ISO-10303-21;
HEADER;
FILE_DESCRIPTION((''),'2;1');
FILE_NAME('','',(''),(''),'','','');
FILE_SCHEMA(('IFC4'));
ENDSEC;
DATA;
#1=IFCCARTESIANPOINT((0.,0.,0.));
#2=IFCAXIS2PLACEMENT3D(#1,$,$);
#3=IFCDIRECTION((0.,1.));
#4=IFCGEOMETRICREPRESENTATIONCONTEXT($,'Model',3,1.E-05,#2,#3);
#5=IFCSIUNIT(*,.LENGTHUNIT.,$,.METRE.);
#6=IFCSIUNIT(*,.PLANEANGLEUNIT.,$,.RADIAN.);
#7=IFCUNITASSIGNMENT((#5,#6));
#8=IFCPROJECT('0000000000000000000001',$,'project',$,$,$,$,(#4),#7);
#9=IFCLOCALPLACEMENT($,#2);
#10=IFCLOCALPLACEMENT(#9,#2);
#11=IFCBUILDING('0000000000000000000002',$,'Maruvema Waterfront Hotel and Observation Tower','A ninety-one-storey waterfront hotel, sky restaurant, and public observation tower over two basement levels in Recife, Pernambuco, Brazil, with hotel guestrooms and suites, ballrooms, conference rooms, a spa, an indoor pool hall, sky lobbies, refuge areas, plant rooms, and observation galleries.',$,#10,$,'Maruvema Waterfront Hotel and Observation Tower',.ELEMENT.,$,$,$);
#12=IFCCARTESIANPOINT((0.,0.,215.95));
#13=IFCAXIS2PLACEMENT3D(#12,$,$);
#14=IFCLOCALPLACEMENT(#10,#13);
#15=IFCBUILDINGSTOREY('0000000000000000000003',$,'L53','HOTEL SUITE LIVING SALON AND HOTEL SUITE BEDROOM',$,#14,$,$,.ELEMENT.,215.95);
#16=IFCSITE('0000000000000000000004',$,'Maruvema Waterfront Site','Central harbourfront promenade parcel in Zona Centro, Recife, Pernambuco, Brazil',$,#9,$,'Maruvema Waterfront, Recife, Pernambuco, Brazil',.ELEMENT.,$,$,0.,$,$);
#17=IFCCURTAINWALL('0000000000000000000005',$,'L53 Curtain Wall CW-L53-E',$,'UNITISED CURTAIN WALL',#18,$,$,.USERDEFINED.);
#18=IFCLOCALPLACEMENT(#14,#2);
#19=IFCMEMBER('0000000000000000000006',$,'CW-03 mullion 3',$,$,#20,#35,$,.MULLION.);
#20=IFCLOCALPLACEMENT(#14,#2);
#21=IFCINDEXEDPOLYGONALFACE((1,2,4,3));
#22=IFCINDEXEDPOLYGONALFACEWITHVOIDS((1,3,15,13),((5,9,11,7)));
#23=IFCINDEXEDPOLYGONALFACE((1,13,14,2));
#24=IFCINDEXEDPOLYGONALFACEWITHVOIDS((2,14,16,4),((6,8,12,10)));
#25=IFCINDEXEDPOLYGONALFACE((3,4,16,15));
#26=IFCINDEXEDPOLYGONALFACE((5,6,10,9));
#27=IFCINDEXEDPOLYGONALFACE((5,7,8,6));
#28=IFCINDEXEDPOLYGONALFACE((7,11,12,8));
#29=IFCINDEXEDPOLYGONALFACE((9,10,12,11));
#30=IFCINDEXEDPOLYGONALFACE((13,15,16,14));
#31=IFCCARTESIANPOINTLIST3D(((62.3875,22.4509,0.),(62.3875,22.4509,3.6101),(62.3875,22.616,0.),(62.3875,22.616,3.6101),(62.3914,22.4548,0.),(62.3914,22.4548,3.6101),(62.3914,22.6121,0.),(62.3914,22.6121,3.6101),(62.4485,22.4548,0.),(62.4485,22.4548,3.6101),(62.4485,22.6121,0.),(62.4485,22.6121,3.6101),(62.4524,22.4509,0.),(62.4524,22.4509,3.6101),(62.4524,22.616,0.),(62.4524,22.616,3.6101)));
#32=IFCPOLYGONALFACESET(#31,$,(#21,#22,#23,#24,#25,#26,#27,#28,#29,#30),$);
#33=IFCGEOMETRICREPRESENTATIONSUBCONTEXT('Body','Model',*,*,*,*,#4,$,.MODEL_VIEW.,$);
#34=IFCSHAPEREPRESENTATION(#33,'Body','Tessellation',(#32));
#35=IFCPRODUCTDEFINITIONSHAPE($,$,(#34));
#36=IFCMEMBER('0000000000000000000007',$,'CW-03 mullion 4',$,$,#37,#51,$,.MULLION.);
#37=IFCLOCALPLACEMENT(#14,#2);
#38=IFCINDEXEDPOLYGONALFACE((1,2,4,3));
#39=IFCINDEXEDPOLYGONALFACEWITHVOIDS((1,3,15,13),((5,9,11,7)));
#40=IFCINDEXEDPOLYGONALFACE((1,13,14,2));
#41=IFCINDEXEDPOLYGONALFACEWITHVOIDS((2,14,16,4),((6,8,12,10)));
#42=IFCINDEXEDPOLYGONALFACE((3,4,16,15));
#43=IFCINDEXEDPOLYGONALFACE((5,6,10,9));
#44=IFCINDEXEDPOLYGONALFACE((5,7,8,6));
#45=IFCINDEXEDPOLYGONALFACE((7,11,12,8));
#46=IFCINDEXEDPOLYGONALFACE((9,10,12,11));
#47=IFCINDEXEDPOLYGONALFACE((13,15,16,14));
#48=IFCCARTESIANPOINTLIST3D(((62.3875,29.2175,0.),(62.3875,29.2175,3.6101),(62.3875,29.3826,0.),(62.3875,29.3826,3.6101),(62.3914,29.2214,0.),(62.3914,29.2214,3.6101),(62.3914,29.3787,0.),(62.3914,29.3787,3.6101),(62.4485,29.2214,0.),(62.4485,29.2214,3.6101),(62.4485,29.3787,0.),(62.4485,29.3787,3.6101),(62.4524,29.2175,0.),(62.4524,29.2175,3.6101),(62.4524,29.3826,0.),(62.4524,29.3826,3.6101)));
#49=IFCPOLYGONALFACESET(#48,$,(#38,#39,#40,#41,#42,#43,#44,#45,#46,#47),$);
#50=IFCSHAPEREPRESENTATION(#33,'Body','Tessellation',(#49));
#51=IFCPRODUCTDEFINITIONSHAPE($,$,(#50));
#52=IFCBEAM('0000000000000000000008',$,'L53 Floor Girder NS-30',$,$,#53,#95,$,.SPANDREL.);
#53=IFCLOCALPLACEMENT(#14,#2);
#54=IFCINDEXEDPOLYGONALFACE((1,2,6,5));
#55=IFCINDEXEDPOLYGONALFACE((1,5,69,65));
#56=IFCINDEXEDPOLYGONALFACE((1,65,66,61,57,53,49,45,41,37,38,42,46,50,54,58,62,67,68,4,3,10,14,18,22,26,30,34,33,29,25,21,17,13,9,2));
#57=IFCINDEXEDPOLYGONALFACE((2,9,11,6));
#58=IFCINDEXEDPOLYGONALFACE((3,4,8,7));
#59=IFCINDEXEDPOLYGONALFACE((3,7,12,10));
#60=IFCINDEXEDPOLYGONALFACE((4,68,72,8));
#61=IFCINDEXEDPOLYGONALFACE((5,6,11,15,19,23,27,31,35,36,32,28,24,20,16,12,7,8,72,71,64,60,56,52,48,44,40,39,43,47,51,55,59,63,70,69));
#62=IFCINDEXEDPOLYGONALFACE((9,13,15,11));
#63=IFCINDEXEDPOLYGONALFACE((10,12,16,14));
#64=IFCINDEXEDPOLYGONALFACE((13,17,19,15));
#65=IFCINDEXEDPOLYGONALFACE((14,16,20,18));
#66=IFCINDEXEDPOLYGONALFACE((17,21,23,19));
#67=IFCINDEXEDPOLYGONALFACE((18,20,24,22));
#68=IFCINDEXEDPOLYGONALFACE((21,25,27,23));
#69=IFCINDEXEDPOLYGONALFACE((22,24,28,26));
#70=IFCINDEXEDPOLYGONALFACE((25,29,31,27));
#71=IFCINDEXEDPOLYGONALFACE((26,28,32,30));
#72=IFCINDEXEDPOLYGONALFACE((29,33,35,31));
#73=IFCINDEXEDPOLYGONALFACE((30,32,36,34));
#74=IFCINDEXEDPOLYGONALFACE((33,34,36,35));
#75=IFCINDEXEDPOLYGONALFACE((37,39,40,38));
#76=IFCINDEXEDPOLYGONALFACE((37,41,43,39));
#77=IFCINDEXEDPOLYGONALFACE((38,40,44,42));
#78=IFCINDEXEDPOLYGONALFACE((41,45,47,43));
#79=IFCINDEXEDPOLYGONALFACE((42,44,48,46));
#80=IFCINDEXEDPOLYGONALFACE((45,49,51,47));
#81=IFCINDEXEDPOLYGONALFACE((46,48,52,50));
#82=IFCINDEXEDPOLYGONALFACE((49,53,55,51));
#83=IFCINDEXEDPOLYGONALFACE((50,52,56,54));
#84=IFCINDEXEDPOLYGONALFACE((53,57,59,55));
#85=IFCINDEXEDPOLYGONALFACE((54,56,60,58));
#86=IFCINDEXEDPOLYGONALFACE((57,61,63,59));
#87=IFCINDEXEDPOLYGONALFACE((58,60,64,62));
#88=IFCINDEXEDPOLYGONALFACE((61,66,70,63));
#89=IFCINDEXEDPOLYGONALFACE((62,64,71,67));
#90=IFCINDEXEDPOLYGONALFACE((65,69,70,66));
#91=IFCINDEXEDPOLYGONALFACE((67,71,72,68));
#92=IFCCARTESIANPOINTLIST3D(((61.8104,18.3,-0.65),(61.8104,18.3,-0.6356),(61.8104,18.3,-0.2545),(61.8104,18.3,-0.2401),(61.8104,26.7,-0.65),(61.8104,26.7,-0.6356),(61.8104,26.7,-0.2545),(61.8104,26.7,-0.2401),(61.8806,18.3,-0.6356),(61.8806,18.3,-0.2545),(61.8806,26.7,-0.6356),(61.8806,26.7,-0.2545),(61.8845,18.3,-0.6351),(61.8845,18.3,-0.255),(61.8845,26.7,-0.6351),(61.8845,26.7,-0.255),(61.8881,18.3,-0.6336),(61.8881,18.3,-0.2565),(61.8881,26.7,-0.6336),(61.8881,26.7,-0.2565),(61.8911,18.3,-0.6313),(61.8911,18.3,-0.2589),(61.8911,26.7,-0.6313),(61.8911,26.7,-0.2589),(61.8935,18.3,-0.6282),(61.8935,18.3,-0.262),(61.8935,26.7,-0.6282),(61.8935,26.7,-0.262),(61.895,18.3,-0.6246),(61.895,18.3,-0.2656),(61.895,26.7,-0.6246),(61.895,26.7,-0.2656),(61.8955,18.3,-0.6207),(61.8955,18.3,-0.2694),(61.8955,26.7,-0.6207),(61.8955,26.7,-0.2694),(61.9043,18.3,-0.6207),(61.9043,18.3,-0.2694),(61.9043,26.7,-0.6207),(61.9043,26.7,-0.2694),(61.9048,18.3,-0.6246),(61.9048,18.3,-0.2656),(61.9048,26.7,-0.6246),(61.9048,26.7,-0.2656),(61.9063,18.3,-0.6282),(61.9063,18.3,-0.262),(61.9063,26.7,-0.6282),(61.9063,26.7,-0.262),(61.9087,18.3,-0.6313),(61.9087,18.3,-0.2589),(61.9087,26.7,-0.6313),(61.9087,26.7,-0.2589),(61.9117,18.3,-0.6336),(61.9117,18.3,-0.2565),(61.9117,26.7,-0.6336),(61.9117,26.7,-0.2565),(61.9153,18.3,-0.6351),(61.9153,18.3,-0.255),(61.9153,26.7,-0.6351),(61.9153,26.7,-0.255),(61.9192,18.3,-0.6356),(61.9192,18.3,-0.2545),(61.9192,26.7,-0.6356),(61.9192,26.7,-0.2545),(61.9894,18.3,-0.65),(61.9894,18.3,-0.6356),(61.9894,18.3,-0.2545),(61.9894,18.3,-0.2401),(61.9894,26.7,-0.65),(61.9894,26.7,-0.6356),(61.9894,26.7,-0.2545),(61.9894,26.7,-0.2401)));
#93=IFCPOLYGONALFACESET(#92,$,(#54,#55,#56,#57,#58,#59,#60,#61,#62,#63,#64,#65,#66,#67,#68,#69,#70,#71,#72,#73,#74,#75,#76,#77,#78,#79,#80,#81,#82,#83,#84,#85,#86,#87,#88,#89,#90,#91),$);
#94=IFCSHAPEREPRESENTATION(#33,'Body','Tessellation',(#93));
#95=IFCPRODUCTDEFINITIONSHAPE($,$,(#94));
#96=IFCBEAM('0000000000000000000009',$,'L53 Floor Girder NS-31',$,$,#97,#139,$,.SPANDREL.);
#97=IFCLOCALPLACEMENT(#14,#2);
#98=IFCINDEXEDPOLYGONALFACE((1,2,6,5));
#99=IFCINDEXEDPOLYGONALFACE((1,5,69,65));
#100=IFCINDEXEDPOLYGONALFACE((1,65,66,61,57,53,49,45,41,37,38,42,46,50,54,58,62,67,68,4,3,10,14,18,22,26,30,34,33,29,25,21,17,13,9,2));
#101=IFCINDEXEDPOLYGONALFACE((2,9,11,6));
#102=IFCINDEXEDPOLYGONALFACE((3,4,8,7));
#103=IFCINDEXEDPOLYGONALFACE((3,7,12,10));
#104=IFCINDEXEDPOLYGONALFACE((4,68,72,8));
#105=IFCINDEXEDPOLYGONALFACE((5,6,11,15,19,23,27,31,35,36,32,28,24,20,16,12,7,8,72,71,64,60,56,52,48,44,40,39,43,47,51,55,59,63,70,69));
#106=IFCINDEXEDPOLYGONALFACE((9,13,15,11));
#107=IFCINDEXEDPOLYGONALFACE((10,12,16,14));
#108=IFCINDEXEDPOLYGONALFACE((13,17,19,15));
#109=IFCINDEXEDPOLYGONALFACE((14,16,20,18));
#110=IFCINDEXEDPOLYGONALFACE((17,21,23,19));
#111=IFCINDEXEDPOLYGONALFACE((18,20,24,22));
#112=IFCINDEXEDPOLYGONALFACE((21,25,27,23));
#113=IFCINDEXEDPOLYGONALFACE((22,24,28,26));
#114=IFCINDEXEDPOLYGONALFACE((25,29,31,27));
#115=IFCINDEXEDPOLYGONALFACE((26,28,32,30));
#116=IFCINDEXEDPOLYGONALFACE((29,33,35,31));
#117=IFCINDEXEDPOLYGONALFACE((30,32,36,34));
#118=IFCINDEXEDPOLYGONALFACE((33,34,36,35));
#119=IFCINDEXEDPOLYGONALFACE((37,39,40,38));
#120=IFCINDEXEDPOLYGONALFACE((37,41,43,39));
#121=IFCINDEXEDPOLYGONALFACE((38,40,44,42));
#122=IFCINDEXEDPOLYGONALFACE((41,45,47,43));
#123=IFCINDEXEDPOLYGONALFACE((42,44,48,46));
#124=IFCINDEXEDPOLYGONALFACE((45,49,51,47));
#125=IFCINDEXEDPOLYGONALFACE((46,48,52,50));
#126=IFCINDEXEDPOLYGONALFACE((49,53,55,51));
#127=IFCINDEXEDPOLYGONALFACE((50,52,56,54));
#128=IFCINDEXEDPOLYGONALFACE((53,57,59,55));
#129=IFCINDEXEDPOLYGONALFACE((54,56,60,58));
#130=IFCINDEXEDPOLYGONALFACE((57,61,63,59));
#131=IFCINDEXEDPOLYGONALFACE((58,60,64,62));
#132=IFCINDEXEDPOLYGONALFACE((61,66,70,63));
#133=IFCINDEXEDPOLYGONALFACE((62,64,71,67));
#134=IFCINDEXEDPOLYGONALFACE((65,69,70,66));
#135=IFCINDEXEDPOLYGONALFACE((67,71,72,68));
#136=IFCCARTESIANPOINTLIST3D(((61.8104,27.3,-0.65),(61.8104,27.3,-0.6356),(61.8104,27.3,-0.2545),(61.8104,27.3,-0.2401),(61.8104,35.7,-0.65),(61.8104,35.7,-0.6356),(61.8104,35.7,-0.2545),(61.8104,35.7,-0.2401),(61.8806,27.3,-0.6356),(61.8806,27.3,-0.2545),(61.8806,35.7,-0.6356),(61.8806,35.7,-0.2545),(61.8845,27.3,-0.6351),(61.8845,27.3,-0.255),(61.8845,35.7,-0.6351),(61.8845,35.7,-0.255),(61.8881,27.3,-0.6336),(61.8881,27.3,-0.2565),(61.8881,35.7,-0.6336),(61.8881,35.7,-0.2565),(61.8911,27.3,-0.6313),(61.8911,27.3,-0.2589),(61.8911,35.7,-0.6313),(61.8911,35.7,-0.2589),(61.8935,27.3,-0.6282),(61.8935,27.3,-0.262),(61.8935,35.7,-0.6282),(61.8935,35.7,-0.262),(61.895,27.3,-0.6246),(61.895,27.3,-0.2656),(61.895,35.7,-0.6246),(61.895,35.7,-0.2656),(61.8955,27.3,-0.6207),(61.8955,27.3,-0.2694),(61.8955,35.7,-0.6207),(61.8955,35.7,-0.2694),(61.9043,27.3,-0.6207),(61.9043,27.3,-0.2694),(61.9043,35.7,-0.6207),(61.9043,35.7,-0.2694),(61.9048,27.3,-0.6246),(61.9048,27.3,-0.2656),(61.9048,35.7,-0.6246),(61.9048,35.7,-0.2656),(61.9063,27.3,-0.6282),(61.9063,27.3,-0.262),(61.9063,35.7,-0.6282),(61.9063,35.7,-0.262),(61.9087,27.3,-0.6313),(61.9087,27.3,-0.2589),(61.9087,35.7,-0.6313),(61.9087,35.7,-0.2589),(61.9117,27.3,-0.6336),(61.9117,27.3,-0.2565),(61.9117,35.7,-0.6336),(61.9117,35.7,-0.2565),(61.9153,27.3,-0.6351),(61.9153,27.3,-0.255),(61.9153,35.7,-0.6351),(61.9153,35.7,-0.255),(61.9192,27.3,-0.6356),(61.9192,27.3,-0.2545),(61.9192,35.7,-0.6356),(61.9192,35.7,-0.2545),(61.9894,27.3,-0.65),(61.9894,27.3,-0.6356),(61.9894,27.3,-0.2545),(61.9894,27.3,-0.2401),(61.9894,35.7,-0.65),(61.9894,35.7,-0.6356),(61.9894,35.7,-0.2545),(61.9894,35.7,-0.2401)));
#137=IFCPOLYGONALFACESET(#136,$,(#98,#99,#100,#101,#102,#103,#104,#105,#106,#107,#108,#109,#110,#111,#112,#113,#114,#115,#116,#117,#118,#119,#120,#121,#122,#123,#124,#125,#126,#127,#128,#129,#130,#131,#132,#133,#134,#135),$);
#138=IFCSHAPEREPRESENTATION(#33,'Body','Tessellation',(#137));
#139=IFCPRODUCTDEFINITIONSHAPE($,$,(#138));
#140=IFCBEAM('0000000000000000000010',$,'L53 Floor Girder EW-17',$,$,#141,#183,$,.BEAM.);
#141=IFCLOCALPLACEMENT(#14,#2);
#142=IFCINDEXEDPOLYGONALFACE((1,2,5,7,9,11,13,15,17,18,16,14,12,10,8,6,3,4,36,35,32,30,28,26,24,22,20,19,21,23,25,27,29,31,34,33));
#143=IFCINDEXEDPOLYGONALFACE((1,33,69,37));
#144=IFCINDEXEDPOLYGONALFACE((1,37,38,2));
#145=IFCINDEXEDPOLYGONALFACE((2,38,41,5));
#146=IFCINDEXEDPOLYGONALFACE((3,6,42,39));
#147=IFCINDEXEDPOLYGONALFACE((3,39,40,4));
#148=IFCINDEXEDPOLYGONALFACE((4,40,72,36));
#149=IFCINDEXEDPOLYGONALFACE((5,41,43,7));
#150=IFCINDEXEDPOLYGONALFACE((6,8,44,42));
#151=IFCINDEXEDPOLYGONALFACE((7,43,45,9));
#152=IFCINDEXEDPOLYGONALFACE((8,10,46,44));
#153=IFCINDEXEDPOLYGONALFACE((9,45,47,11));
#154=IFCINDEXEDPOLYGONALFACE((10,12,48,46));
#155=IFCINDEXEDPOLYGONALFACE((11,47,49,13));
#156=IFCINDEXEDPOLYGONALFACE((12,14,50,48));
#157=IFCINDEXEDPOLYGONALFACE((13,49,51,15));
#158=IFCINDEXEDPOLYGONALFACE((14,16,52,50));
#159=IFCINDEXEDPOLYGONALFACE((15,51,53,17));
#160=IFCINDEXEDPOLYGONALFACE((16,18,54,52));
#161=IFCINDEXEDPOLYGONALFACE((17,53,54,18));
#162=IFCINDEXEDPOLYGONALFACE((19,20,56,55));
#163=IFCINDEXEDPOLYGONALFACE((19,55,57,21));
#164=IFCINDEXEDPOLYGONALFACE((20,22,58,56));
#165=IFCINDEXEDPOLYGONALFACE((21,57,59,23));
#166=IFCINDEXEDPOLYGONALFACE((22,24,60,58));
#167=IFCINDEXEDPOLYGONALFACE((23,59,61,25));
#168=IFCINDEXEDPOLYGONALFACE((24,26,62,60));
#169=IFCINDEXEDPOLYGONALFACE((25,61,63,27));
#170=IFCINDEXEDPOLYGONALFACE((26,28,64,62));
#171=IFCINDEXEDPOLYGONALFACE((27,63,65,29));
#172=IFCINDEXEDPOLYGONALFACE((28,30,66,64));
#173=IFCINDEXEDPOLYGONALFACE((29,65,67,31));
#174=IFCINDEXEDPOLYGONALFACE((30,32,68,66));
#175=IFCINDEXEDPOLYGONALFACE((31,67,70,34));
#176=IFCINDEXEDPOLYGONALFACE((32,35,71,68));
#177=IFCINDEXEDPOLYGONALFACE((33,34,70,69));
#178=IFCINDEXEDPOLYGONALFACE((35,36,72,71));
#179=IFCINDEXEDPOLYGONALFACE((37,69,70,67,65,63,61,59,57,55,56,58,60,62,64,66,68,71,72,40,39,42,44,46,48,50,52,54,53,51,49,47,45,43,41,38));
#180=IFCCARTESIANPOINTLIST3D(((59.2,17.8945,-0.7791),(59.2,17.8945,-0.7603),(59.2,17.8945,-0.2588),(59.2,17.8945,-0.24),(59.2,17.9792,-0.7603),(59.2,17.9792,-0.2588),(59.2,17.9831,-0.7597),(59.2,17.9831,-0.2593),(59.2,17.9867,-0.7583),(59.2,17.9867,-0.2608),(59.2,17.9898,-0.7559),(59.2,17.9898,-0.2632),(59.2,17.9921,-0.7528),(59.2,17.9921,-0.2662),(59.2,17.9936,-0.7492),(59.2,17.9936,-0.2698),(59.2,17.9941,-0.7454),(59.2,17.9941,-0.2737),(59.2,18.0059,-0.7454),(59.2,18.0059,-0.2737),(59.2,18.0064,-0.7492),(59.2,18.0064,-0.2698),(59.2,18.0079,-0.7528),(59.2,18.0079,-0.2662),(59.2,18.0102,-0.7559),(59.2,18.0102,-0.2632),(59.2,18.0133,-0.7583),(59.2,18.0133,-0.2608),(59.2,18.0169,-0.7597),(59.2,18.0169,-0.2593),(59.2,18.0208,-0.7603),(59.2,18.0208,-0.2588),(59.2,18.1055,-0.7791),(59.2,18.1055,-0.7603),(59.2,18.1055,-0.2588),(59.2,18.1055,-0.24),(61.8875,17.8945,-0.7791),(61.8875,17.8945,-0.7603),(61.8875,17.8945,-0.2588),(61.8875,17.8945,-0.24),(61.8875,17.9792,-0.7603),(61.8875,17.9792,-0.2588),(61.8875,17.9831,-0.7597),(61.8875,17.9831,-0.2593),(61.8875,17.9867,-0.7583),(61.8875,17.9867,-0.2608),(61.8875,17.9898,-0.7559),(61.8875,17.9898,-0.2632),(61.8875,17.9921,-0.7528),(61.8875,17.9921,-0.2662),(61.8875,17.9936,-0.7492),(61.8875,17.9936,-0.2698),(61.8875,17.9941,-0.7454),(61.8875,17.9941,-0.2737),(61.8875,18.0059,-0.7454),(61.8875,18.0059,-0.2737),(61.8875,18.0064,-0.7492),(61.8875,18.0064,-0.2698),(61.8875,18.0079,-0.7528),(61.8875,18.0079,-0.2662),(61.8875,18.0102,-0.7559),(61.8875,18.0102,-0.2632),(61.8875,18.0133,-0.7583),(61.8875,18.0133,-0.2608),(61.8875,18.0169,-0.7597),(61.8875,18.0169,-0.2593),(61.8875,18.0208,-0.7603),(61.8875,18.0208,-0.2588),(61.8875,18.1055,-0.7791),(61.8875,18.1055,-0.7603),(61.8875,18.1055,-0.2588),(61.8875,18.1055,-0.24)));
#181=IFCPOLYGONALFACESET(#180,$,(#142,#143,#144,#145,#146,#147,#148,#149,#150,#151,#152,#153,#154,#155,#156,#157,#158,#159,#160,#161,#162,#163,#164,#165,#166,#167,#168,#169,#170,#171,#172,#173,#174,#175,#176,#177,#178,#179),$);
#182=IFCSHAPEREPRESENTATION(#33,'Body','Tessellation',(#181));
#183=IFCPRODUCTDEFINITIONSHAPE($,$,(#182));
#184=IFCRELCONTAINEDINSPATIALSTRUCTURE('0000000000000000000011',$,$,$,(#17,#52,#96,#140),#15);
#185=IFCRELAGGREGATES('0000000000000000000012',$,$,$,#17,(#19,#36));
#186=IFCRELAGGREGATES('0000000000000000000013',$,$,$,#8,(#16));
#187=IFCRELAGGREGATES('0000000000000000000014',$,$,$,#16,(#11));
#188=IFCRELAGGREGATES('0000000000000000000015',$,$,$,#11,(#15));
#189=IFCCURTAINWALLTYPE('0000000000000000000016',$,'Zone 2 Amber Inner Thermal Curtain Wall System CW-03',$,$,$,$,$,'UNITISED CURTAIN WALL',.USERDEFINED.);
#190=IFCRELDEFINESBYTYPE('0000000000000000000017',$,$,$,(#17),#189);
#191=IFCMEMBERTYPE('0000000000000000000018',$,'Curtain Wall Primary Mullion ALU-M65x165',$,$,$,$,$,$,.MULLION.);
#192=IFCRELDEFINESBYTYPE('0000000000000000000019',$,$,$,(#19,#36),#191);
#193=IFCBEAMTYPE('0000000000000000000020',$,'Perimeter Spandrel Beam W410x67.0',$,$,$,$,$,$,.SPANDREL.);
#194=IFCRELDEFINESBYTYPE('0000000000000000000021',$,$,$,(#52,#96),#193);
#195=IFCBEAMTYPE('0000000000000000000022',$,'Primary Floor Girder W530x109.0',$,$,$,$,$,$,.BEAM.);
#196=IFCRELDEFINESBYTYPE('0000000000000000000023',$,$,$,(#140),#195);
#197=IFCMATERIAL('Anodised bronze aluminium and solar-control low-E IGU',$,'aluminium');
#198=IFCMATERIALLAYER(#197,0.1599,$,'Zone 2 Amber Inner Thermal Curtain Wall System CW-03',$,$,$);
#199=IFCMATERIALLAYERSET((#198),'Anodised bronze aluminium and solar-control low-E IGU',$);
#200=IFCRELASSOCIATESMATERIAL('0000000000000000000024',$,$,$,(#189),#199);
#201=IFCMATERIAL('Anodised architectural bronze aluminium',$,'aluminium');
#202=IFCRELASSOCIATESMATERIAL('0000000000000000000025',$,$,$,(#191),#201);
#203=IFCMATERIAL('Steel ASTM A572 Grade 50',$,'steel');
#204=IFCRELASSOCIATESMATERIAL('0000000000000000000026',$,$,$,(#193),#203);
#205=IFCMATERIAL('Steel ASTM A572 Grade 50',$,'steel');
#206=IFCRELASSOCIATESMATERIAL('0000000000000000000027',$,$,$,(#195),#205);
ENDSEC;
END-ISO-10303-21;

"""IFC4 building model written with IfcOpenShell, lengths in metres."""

from ifc_helpers import new_model, si_unit, direction, frame, origin, origin_2d, place, context, subcontext, project, spatial, hollow_rectangle, i_section, extrude, material, layer, layer_set, material_profile, profile_set, type_object, element, aggregate, save


model = new_model("IFC4")

# Units and contexts
model_context = context("Model", 3, precision=1e-05, world=origin(), true_north=direction((0.0, 1.0)))
body_context = subcontext(model_context, "Body", "Model", "MODEL_VIEW")
ifc_project = project(units=[si_unit("LENGTHUNIT", "METRE"), si_unit("PLANEANGLEUNIT", "RADIAN")], contexts=[model_context])

# Site, building, storey
site_placement = place(None, origin())
site = spatial("IfcSite", under=ifc_project, at=site_placement, Name="Maruvema Waterfront Site", Description="Central harbourfront promenade parcel in Zona Centro, Recife, Pernambuco, Brazil", LongName="Maruvema Waterfront, Recife, Pernambuco, Brazil", CompositionType="ELEMENT", RefElevation=0.0)
building_placement = place(site_placement, origin())
building = spatial("IfcBuilding", under=site, at=building_placement, Name="Maruvema Waterfront Hotel and Observation Tower", Description="A ninety-one-storey waterfront hotel, sky restaurant, and public observation tower over two basement levels in Recife, Pernambuco, Brazil, with hotel guestrooms and suites, ballrooms, conference rooms, a spa, an indoor pool hall, sky lobbies, refuge areas, plant rooms, and observation galleries.", LongName="Maruvema Waterfront Hotel and Observation Tower", CompositionType="ELEMENT")
storey_placement = place(building_placement, frame((0.0, 0.0, 215.95)))
storey = spatial("IfcBuildingStorey", under=building, at=storey_placement, Name="L53", Description="HOTEL SUITE LIVING SALON AND HOTEL SUITE BEDROOM", CompositionType="ELEMENT", Elevation=215.95)

# Curtain wall, members
ifc_material_1 = material(Name="Anodised bronze aluminium and solar-control low-E IGU", Category="aluminium")
ifc_layer_1 = layer(ifc_material_1, 0.1599, Name="Zone 2 Amber Inner Thermal Curtain Wall System CW-03")
ifc_layer_set_1 = layer_set([ifc_layer_1], Name="Anodised bronze aluminium and solar-control low-E IGU")
curtain_wall_type = type_object("IfcCurtainWallType", Name="Zone 2 Amber Inner Thermal Curtain Wall System CW-03", ElementType="UNITISED CURTAIN WALL", PredefinedType="USERDEFINED", material=ifc_layer_set_1)
curtain_wall_placement = place(storey_placement, origin())
curtain_wall = element("IfcCurtainWall", 1, at=curtain_wall_placement, inside=storey, type_object=curtain_wall_type, Name="L53 Curtain Wall CW-L53-E", ObjectType="UNITISED CURTAIN WALL", PredefinedType="USERDEFINED")
ifc_material_2 = material(Name="Anodised architectural bronze aluminium", Category="aluminium")
ifc_material_profile_1 = material_profile(ifc_material_2, hollow_rectangle(XDim=0.0649, YDim=0.165, WallThickness=0.0039, at=origin_2d()), Name="ALU-M65x165")
ifc_profile_set_1 = profile_set([ifc_material_profile_1], Name="Anodised architectural bronze aluminium")
member_type_1 = type_object("IfcMemberType", Name="Curtain Wall Primary Mullion ALU-M65x165", PredefinedType="MULLION", material=ifc_profile_set_1)
member_1_placement = place(storey_placement, frame((62.4199, 22.5334, 0.0), z_axis=(0.0, 0.0, 1.0), x_axis=(-1.0, 0.0, 0.0)))
member_1 = element("IfcMember", 2, at=member_1_placement, type_object=member_type_1, Name="CW-03 mullion 3", PredefinedType="MULLION", context=body_context, shape_type="SweptSolid", body=[
    extrude(hollow_rectangle(XDim=0.0649, YDim=0.165, WallThickness=0.0039, at=origin_2d()), origin(), (0.0, 0.0, 1.0), 3.6101),
])
member_2_placement = place(storey_placement, frame((62.4199, 29.3, 0.0), z_axis=(0.0, 0.0, 1.0), x_axis=(-1.0, 0.0, 0.0)))
member_2 = element("IfcMember", 3, at=member_2_placement, type_object=member_type_1, Name="CW-03 mullion 4", PredefinedType="MULLION", context=body_context, shape_type="SweptSolid", body=[
    extrude(hollow_rectangle(XDim=0.0649, YDim=0.165, WallThickness=0.0039, at=origin_2d()), origin(), (0.0, 0.0, 1.0), 3.6101),
])

# Beams
ifc_material_3 = material(Name="Steel ASTM A572 Grade 50", Category="steel")
ifc_material_profile_2 = material_profile(ifc_material_3, i_section(OverallWidth=0.179, OverallDepth=0.4099, WebThickness=0.0088, FlangeThickness=0.0144, FilletRadius=0.0149, at=origin_2d()), Name="W410x67.0")
ifc_profile_set_2 = profile_set([ifc_material_profile_2], Name="Steel ASTM A572 Grade 50")
beam_type_1 = type_object("IfcBeamType", Name="Perimeter Spandrel Beam W410x67.0", PredefinedType="SPANDREL", material=ifc_profile_set_2)
for number, where, z_axis, x_axis, name in (
    (4, (61.8999, 18.3, -0.4451), (0.0, 1.0, 0.0), (-1.0, 0.0, 0.0), "L53 Floor Girder NS-30"),
    (5, (61.8999, 27.3, -0.4451), (0.0, 1.0, 0.0), (-1.0, 0.0, 0.0), "L53 Floor Girder NS-31"),
):
    element("IfcBeam", number, at=place(storey_placement, frame(where, z_axis=z_axis, x_axis=x_axis)), inside=storey, type_object=beam_type_1, Name=name, PredefinedType="SPANDREL", context=body_context, shape_type="SweptSolid", body=[
        extrude(i_section(OverallWidth=0.179, OverallDepth=0.4099, WebThickness=0.0088, FlangeThickness=0.0144, FilletRadius=0.0149, at=origin_2d()), origin(), (0.0, 0.0, 1.0), 8.3999),
    ])
ifc_material_4 = material(Name="Steel ASTM A572 Grade 50", Category="steel")
ifc_material_profile_3 = material_profile(ifc_material_4, i_section(OverallWidth=0.2109, OverallDepth=0.5391, WebThickness=0.0117, FlangeThickness=0.0188, FilletRadius=0.0149, at=origin_2d()), Name="W530x109.0")
ifc_profile_set_3 = profile_set([ifc_material_profile_3], Name="Steel ASTM A572 Grade 50")
beam_type_2 = type_object("IfcBeamType", Name="Primary Floor Girder W530x109.0", PredefinedType="BEAM", material=ifc_profile_set_3)
for number, where, z_axis, x_axis, name in (
    (6, (59.2, 18.0, -0.5095), (1.0, 0.0, 0.0), (0.0, 1.0, 0.0), "L53 Floor Girder EW-17"),
):
    element("IfcBeam", number, at=place(storey_placement, frame(where, z_axis=z_axis, x_axis=x_axis)), inside=storey, type_object=beam_type_2, Name=name, PredefinedType="BEAM", context=body_context, shape_type="SweptSolid", body=[
        extrude(i_section(OverallWidth=0.2109, OverallDepth=0.5391, WebThickness=0.0117, FlangeThickness=0.0188, FilletRadius=0.0149, at=origin_2d()), origin(), (0.0, 0.0, 1.0), 2.6875),
    ])

aggregate(curtain_wall, [member_1, member_2])

save(model, "model.ifc")
